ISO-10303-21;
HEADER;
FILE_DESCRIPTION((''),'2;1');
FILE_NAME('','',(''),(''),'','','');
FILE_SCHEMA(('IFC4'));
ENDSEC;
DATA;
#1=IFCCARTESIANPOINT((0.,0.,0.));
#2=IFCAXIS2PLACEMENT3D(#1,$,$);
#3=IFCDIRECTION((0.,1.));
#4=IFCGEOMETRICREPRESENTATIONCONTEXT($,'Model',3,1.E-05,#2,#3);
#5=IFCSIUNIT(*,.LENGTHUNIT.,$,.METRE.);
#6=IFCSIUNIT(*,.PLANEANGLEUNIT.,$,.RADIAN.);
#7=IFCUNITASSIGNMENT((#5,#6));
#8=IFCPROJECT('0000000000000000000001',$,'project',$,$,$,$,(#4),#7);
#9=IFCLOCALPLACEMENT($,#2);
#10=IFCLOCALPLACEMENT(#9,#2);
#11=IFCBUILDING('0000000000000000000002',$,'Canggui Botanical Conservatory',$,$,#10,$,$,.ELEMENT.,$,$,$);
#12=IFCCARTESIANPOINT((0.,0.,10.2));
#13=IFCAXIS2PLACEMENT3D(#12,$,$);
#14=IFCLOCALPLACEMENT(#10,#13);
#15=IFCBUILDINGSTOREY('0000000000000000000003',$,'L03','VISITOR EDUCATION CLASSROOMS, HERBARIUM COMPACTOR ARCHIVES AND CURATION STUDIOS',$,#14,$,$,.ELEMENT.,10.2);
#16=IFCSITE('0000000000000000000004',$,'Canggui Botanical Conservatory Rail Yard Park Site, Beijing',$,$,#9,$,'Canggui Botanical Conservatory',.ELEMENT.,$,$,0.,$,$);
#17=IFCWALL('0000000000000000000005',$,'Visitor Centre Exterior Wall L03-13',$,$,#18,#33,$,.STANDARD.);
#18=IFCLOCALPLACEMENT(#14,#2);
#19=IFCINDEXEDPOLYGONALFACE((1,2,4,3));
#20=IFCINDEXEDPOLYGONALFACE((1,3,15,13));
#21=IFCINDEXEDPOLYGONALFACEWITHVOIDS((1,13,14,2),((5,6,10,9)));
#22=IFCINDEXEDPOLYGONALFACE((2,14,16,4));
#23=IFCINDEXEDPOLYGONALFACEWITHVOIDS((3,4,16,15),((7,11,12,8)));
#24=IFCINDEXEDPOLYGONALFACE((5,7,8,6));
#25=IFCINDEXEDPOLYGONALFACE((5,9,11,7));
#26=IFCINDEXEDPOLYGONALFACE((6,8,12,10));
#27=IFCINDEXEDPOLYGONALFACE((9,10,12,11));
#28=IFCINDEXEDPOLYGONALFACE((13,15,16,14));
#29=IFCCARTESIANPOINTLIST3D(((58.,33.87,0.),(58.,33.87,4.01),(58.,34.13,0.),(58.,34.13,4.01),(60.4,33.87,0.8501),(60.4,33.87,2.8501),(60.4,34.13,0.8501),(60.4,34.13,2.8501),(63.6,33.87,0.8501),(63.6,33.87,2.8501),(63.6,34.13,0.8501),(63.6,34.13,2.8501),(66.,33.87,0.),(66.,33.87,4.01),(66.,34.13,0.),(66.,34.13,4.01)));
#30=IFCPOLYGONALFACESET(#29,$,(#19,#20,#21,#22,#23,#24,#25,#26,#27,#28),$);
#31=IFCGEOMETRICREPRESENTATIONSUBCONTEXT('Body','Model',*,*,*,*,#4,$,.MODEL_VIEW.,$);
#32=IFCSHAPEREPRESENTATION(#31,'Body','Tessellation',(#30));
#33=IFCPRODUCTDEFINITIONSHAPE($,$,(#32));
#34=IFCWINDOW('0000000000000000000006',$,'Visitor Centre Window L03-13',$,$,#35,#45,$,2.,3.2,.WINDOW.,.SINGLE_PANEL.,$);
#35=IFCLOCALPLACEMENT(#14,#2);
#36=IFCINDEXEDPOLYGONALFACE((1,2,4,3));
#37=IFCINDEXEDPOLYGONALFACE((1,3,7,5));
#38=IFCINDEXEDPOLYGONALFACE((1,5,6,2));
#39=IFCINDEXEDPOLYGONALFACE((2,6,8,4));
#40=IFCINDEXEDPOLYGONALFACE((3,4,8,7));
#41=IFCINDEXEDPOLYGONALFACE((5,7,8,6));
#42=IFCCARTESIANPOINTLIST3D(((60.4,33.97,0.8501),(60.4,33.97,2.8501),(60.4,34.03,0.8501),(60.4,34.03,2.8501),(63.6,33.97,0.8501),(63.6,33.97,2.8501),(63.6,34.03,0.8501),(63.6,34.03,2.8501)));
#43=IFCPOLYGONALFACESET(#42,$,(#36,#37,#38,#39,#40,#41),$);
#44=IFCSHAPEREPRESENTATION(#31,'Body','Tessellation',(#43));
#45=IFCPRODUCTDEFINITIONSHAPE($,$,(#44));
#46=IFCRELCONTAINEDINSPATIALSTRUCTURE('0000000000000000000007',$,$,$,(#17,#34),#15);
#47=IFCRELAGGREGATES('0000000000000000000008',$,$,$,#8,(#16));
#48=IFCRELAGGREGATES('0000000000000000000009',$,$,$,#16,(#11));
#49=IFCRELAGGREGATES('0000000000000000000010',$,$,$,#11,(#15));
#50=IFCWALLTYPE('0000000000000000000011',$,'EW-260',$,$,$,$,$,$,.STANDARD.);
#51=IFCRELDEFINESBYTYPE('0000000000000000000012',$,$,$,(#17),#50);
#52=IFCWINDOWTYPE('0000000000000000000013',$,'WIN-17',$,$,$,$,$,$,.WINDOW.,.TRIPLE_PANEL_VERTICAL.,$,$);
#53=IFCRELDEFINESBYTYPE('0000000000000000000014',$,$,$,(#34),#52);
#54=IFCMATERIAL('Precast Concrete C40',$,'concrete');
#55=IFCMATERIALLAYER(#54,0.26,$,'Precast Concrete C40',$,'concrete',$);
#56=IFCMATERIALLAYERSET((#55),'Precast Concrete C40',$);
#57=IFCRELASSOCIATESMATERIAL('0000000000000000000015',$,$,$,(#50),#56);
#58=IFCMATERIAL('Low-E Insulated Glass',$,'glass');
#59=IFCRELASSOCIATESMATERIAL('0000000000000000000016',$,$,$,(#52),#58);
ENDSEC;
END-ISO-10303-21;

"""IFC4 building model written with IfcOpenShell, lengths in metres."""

from ifc_helpers import new_model, si_unit, direction, frame, frame_2d, origin, place, context, subcontext, project, spatial, rectangle, extrude, material, layer, layer_set, type_object, element, fill, save


model = new_model("IFC4")

# Units and contexts
model_context = context("Model", 3, precision=1e-05, world=origin(), true_north=direction((0.0, 1.0)))
body_context = subcontext(model_context, "Body", "Model", "MODEL_VIEW")
ifc_project = project(units=[si_unit("LENGTHUNIT", "METRE"), si_unit("PLANEANGLEUNIT", "RADIAN")], contexts=[model_context])

# Site, building, storey
site_placement = place(None, origin())
site = spatial("IfcSite", under=ifc_project, at=site_placement, Name="Canggui Botanical Conservatory Rail Yard Park Site, Beijing", LongName="Canggui Botanical Conservatory", CompositionType="ELEMENT", RefElevation=0.0)
building_placement = place(site_placement, origin())
building = spatial("IfcBuilding", under=site, at=building_placement, Name="Canggui Botanical Conservatory", CompositionType="ELEMENT")
storey_placement = place(building_placement, frame((0.0, 0.0, 10.2)))
storey = spatial("IfcBuildingStorey", under=building, at=storey_placement, Name="L03", Description="VISITOR EDUCATION CLASSROOMS, HERBARIUM COMPACTOR ARCHIVES AND CURATION STUDIOS", CompositionType="ELEMENT", Elevation=10.2)

# Shared definitions
ifc_material_1 = material(Name="Low-E Insulated Glass", Category="glass")

# Wall, opening, window
ifc_material_2 = material(Name="Precast Concrete C40", Category="concrete")
ifc_layer_1 = layer(ifc_material_2, 0.26, Name="Precast Concrete C40", Category="concrete")
ifc_layer_set_1 = layer_set([ifc_layer_1], Name="Precast Concrete C40")
wall_type = type_object("IfcWallType", Name="EW-260", PredefinedType="STANDARD", material=ifc_layer_set_1)
wall_placement = place(storey_placement, frame((58.0, 34.0, 0.0), z_axis=(0.0, 0.0, 1.0), x_axis=(1.0, 0.0, 0.0)))
wall = element("IfcWall", 1, at=wall_placement, inside=storey, type_object=wall_type, Name="Visitor Centre Exterior Wall L03-13", PredefinedType="STANDARD", context=body_context, shape_type="SweptSolid", body=[
    extrude(rectangle(XDim=8.0, YDim=0.26, at=frame_2d((4.0, 0.0))), origin(), (0.0, 0.0, 1.0), 4.01),
])
opening_placement = place(wall_placement, frame((2.3999, 0.0, 0.8501)))
opening = element("IfcOpeningElement", 2, at=opening_placement, cuts=wall, PredefinedType="OPENING", context=body_context, shape_type="SweptSolid", body=[
    extrude(rectangle(XDim=3.2, YDim=2.0, at=frame_2d((1.6001, 1.0))), frame((0.0, 0.1401, 0.0), z_axis=(0.0, -1.0, 0.0), x_axis=(1.0, 0.0, 0.0)), (0.0, 0.0, 1.0), 0.28),
])
window_type = type_object("IfcWindowType", Name="WIN-17", PartitioningType="TRIPLE_PANEL_VERTICAL", PredefinedType="WINDOW", material=ifc_material_1)
window_placement = place(opening_placement, origin())
window = element("IfcWindow", 3, at=window_placement, inside=storey, type_object=window_type, Name="Visitor Centre Window L03-13", OverallHeight=2.0, OverallWidth=3.2, PartitioningType="SINGLE_PANEL", PredefinedType="WINDOW", context=body_context, shape_type="SweptSolid", body=[
    extrude(rectangle(XDim=3.2, YDim=2.0, at=frame_2d((1.6001, 1.0))), frame((0.0, 0.03, 0.0), z_axis=(0.0, -1.0, 0.0), x_axis=(1.0, 0.0, 0.0)), (0.0, 0.0, 1.0), 0.0601),
])
fill(opening, window)

save(model, "model.ifc")
